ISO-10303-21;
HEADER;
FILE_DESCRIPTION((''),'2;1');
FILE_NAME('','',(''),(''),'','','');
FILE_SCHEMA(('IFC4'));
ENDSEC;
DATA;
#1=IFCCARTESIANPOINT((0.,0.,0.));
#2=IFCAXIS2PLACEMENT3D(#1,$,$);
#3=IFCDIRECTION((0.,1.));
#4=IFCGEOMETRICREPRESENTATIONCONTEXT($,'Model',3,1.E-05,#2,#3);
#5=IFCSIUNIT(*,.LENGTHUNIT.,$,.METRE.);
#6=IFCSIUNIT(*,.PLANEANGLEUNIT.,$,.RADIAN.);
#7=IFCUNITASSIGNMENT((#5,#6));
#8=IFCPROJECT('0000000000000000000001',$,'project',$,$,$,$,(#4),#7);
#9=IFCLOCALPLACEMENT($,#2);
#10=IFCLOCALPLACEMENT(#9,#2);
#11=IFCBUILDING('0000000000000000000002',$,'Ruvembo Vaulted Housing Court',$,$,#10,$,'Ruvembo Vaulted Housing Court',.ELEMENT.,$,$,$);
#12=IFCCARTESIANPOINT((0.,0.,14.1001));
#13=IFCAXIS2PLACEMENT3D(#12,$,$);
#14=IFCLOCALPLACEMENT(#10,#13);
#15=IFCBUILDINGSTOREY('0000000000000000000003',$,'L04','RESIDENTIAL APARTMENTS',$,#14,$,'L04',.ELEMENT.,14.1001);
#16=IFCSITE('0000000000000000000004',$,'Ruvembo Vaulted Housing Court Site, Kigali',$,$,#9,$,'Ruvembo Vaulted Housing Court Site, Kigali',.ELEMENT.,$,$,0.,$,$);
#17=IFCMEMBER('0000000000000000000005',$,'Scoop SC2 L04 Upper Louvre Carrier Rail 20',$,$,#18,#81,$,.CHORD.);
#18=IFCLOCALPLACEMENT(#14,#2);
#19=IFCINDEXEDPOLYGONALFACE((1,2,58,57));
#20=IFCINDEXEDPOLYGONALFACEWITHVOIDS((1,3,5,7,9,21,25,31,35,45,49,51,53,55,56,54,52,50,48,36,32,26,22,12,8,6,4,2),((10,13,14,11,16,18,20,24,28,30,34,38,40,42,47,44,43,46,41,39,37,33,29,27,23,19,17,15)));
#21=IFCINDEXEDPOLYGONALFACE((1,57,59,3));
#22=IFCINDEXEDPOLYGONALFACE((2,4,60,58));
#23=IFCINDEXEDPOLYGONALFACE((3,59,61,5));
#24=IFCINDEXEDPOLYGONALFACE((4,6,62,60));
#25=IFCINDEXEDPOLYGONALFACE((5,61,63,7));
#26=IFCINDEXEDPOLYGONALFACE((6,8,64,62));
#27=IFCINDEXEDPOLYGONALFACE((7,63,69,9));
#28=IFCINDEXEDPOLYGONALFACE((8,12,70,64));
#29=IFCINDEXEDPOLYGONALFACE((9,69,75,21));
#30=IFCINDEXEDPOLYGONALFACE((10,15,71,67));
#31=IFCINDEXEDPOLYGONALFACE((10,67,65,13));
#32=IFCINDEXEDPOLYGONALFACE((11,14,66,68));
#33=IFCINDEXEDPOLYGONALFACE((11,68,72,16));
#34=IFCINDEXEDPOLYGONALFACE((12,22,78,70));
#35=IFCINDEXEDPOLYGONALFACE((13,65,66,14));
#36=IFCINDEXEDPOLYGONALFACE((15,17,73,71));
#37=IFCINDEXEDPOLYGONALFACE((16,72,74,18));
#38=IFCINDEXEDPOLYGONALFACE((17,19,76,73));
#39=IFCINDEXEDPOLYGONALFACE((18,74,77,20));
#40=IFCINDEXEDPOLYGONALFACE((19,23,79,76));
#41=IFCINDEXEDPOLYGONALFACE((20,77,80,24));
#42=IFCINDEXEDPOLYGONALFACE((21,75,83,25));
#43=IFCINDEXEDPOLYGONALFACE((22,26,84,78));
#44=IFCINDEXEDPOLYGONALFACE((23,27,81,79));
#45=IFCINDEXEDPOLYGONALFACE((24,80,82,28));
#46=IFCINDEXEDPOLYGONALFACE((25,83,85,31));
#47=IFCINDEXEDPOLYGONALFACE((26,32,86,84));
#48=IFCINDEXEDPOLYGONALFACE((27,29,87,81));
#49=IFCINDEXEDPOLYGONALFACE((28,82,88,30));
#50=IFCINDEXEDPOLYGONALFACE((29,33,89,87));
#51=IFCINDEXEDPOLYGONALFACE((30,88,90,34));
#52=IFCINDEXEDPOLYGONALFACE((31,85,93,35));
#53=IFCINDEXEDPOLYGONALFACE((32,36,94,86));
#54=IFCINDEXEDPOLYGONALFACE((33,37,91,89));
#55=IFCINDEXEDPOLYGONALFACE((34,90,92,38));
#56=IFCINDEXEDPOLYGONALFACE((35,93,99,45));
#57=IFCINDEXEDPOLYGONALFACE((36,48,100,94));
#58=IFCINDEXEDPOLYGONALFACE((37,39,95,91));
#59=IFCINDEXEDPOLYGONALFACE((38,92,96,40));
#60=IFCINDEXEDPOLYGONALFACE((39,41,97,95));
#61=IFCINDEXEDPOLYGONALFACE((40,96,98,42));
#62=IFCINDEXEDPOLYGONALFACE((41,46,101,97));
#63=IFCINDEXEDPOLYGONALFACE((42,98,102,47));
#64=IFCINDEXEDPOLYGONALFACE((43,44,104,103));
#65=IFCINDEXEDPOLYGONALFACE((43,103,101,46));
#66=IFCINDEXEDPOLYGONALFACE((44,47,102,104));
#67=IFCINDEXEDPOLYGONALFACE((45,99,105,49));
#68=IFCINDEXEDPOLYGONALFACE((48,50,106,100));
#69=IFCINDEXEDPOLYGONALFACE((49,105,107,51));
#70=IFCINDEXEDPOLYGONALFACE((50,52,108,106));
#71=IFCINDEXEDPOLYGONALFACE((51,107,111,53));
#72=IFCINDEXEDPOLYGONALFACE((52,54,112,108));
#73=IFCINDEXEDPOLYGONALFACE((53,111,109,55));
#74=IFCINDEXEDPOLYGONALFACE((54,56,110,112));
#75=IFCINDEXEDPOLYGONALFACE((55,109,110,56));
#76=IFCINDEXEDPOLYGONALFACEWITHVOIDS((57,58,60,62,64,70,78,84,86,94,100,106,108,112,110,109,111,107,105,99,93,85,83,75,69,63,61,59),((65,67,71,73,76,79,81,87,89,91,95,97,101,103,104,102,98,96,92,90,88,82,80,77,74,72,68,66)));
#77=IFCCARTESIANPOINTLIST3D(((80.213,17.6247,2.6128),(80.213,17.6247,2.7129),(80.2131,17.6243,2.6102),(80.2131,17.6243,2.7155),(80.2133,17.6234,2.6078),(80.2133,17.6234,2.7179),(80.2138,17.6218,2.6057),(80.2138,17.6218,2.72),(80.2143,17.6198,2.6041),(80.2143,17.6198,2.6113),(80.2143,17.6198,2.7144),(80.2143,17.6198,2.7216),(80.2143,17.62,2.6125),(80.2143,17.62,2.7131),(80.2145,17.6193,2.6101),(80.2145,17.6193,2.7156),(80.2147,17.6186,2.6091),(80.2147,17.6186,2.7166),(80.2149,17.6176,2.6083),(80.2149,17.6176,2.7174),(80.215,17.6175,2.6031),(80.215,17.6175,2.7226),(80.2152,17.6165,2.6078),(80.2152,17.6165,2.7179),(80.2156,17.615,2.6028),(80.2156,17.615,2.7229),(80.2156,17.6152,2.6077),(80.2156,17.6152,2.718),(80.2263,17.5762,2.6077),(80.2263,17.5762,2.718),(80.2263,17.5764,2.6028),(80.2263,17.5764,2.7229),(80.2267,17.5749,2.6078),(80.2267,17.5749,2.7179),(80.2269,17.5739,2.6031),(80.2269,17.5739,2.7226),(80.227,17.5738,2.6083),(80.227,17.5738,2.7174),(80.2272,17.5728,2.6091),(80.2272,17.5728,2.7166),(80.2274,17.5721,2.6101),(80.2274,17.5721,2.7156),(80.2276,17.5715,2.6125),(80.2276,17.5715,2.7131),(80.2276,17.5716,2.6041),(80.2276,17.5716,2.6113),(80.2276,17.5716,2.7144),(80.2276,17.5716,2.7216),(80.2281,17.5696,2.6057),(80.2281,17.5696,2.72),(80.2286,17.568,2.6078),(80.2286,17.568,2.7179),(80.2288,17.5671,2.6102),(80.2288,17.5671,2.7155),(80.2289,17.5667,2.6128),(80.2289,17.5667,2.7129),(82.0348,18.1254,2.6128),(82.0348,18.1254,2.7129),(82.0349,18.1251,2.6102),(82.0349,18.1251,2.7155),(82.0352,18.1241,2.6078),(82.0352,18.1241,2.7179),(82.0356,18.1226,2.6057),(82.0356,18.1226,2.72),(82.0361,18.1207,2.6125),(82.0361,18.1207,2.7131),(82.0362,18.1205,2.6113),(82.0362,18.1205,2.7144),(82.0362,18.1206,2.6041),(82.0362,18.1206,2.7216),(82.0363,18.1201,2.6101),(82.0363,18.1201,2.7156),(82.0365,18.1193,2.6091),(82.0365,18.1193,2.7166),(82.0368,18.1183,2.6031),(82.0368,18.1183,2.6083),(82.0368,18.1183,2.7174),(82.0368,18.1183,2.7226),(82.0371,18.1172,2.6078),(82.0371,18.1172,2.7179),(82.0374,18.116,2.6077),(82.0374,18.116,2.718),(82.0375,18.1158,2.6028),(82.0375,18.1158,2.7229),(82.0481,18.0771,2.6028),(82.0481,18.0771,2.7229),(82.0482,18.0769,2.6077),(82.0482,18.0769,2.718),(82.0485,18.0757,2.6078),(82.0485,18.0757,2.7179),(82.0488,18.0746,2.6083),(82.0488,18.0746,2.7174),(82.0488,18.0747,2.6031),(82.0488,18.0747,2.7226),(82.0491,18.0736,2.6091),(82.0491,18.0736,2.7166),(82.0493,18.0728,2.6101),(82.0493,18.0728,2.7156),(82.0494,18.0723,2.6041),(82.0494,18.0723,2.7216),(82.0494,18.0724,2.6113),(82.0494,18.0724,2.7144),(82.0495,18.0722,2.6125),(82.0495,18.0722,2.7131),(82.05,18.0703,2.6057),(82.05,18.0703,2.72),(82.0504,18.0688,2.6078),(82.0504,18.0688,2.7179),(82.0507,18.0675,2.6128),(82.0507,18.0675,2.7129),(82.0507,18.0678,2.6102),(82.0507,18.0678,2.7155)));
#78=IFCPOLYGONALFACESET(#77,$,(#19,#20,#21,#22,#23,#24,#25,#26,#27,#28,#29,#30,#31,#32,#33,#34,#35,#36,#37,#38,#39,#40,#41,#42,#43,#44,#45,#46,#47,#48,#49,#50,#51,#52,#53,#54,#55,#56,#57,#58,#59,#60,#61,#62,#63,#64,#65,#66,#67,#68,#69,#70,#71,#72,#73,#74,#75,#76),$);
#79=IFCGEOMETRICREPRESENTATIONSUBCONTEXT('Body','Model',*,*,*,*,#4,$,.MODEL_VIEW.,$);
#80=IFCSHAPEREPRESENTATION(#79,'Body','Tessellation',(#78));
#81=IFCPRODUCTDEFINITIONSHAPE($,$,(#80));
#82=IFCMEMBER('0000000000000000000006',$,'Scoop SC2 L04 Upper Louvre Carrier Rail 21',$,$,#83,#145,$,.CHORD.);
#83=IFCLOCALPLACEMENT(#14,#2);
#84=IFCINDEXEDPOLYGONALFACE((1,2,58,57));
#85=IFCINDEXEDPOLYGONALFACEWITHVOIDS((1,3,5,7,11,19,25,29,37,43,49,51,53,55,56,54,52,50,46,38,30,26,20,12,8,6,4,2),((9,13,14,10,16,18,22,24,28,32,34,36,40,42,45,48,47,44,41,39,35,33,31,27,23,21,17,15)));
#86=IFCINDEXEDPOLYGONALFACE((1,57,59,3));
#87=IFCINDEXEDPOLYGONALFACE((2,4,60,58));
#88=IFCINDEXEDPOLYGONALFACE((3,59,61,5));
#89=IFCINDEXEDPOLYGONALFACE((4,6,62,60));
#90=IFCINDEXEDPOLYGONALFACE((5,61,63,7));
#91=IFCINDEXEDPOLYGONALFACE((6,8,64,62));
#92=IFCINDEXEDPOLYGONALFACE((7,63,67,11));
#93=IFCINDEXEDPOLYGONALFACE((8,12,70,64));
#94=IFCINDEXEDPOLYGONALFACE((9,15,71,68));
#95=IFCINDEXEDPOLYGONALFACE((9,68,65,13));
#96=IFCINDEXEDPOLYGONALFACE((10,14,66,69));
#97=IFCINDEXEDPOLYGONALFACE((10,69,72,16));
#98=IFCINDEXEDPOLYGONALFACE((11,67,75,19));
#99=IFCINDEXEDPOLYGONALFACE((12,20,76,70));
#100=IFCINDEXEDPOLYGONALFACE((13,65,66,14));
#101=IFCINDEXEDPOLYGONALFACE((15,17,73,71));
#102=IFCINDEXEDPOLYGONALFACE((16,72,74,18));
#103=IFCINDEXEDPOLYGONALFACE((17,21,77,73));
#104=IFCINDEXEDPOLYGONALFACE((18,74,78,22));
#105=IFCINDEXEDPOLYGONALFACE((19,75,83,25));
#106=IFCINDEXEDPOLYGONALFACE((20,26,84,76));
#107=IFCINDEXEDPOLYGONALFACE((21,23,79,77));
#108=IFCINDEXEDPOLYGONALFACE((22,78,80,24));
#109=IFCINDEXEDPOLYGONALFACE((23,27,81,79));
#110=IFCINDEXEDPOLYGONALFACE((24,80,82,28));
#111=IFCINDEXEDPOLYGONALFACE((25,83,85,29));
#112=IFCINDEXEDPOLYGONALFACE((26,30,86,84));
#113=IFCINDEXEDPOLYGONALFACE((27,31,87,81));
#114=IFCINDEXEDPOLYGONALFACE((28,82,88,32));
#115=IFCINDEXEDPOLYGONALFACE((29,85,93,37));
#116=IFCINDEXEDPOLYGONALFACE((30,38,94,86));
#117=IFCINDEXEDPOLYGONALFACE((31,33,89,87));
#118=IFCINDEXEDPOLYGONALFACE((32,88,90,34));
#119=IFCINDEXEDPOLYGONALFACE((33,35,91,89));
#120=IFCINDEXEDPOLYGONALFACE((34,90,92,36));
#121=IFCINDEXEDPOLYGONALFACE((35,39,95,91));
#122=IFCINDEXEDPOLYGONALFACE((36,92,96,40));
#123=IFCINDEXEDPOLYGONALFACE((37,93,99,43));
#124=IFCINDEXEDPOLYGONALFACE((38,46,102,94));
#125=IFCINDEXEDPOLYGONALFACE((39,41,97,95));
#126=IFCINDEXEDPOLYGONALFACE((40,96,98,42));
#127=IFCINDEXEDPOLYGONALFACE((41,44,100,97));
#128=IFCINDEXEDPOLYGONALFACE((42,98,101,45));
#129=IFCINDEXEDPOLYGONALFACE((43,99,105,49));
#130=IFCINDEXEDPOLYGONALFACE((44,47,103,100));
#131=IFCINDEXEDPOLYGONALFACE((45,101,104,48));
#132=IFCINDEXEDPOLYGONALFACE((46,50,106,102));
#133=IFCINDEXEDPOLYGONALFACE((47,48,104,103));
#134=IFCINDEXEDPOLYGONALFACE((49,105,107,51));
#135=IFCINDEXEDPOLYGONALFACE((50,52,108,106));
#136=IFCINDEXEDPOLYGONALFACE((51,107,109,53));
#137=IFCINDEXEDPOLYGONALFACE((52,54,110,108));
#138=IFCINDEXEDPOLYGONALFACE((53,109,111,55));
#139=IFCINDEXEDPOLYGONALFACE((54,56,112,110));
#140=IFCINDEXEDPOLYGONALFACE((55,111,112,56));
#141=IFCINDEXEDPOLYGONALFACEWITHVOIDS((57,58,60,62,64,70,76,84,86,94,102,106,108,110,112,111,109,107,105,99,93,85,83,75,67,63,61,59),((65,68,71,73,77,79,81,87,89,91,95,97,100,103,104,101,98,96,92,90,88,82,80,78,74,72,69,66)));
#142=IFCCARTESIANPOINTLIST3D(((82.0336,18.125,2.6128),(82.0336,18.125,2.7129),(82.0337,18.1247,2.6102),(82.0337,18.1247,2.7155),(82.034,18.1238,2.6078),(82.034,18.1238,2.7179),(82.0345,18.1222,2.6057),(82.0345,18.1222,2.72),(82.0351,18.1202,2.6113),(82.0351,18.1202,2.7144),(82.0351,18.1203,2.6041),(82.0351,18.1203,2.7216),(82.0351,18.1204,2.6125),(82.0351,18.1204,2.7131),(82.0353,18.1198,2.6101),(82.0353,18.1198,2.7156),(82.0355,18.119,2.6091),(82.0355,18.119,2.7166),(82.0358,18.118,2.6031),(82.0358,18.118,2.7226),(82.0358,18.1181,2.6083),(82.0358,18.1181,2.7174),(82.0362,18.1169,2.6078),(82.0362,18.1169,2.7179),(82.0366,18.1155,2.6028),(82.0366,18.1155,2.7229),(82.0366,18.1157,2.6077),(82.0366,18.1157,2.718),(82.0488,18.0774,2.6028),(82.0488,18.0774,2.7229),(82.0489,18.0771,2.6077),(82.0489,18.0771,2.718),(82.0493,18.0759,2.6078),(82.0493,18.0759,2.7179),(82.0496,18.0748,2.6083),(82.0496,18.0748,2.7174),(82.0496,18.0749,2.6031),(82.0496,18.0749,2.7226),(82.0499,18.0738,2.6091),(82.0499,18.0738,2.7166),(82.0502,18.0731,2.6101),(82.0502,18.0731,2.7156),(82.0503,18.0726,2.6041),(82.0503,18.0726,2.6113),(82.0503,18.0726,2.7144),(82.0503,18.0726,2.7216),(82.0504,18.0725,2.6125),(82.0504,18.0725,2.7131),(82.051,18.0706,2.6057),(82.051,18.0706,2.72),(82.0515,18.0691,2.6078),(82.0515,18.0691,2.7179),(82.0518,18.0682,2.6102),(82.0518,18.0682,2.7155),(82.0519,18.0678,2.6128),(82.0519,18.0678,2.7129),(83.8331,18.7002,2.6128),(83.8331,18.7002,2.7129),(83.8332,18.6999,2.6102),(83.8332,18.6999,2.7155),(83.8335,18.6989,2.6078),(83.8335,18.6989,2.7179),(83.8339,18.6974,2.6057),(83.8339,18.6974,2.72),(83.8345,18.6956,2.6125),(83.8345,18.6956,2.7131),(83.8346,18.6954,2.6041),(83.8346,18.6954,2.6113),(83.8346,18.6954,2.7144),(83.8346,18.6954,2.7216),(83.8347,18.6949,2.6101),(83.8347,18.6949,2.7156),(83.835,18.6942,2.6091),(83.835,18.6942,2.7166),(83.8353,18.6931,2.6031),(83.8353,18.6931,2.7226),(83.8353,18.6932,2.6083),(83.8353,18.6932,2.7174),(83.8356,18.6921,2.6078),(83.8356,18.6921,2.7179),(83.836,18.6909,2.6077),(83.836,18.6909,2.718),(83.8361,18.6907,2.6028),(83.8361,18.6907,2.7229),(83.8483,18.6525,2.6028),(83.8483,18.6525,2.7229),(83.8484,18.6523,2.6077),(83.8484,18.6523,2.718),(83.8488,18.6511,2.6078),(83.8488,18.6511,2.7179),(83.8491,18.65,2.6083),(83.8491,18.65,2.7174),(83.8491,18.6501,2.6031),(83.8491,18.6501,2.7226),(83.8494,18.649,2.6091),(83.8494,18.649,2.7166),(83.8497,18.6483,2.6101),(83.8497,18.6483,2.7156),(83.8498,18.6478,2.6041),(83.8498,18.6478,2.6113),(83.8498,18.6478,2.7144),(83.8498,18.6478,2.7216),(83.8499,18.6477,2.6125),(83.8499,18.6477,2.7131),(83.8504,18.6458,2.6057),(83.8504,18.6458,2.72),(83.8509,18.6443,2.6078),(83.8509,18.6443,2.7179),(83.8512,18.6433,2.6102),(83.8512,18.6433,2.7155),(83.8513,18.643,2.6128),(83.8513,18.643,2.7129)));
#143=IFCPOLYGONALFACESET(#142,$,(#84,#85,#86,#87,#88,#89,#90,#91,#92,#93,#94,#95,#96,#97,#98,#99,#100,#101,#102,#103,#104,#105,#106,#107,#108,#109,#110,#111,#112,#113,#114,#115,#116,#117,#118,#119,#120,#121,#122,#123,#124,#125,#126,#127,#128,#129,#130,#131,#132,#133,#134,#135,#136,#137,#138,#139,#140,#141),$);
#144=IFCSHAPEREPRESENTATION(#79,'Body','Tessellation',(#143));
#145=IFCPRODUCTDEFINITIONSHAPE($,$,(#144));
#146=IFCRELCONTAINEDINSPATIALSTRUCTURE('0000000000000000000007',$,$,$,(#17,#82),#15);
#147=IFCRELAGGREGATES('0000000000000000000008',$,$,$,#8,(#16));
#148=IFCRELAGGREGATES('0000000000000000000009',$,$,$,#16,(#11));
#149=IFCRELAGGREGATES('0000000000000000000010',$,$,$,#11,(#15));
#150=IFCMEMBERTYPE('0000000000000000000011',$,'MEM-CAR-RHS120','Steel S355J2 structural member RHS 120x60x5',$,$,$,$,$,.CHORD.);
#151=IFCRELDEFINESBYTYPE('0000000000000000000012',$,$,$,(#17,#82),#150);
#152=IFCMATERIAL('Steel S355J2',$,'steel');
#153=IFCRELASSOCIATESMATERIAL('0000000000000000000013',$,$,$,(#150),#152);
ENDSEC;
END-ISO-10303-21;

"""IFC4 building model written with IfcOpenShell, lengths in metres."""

from ifc_helpers import new_model, si_unit, direction, frame, origin, origin_2d, place, context, subcontext, project, spatial, hollow_rectangle, extrude, material, material_profile, profile_set, type_object, element, save


model = new_model("IFC4")

# Units and contexts
model_context = context("Model", 3, precision=1e-05, world=origin(), true_north=direction((0.0, 1.0)))
body_context = subcontext(model_context, "Body", "Model", "MODEL_VIEW")
ifc_project = project(units=[si_unit("LENGTHUNIT", "METRE"), si_unit("PLANEANGLEUNIT", "RADIAN")], contexts=[model_context])

# Site, building, storey
site_placement = place(None, origin())
site = spatial("IfcSite", under=ifc_project, at=site_placement, Name="Ruvembo Vaulted Housing Court Site, Kigali", LongName="Ruvembo Vaulted Housing Court Site, Kigali", CompositionType="ELEMENT", RefElevation=0.0)
building_placement = place(site_placement, origin())
building = spatial("IfcBuilding", under=site, at=building_placement, Name="Ruvembo Vaulted Housing Court", LongName="Ruvembo Vaulted Housing Court", CompositionType="ELEMENT")
storey_placement = place(building_placement, frame((0.0, 0.0, 14.1001)))
storey = spatial("IfcBuildingStorey", under=building, at=storey_placement, Name="L04", Description="RESIDENTIAL APARTMENTS", LongName="L04", CompositionType="ELEMENT", Elevation=14.1001)

# Shared definitions
ifc_material_1 = material(Name="Steel S355J2", Category="steel")

# Members
ifc_material_profile_1 = material_profile(ifc_material_1, hollow_rectangle(XDim=0.0601, YDim=0.1201, WallThickness=0.0049, InnerFilletRadius=0.0049, OuterFilletRadius=0.01, at=origin_2d()), Name="RHS 120x60x5")
ifc_profile_set_1 = profile_set([ifc_material_profile_1], Name="Steel S355J2")
member_type_1 = type_object("IfcMemberType", Name="MEM-CAR-RHS120", Description="Steel S355J2 structural member RHS 120x60x5", PredefinedType="CHORD", material=ifc_profile_set_1)
member_1_placement = place(storey_placement, frame((80.2209, 17.5957, 2.6628), z_axis=(0.96424, 0.26503, 0.0), x_axis=(-0.26503, 0.96424, 0.0)))
element("IfcMember", 1, at=member_1_placement, inside=storey, type_object=member_type_1, Name="Scoop SC2 L04 Upper Louvre Carrier Rail 20", PredefinedType="CHORD", context=body_context, shape_type="SweptSolid", body=[
    extrude(hollow_rectangle(XDim=0.0601, YDim=0.1201, WallThickness=0.0049, InnerFilletRadius=0.0049, OuterFilletRadius=0.01, at=origin_2d()), origin(), (0.0, 0.0, 1.0), 1.8894),
])
member_2_placement = place(storey_placement, frame((82.0427, 18.0964, 2.6628), z_axis=(0.952526, 0.304457, 0.0), x_axis=(-0.304457, 0.952526, 0.0)))
element("IfcMember", 2, at=member_2_placement, inside=storey, type_object=member_type_1, Name="Scoop SC2 L04 Upper Louvre Carrier Rail 21", PredefinedType="CHORD", context=body_context, shape_type="SweptSolid", body=[
    extrude(hollow_rectangle(XDim=0.0601, YDim=0.1201, WallThickness=0.0049, InnerFilletRadius=0.0049, OuterFilletRadius=0.01, at=origin_2d()), origin(), (0.0, 0.0, 1.0), 1.8892),
])

save(model, "model.ifc")
